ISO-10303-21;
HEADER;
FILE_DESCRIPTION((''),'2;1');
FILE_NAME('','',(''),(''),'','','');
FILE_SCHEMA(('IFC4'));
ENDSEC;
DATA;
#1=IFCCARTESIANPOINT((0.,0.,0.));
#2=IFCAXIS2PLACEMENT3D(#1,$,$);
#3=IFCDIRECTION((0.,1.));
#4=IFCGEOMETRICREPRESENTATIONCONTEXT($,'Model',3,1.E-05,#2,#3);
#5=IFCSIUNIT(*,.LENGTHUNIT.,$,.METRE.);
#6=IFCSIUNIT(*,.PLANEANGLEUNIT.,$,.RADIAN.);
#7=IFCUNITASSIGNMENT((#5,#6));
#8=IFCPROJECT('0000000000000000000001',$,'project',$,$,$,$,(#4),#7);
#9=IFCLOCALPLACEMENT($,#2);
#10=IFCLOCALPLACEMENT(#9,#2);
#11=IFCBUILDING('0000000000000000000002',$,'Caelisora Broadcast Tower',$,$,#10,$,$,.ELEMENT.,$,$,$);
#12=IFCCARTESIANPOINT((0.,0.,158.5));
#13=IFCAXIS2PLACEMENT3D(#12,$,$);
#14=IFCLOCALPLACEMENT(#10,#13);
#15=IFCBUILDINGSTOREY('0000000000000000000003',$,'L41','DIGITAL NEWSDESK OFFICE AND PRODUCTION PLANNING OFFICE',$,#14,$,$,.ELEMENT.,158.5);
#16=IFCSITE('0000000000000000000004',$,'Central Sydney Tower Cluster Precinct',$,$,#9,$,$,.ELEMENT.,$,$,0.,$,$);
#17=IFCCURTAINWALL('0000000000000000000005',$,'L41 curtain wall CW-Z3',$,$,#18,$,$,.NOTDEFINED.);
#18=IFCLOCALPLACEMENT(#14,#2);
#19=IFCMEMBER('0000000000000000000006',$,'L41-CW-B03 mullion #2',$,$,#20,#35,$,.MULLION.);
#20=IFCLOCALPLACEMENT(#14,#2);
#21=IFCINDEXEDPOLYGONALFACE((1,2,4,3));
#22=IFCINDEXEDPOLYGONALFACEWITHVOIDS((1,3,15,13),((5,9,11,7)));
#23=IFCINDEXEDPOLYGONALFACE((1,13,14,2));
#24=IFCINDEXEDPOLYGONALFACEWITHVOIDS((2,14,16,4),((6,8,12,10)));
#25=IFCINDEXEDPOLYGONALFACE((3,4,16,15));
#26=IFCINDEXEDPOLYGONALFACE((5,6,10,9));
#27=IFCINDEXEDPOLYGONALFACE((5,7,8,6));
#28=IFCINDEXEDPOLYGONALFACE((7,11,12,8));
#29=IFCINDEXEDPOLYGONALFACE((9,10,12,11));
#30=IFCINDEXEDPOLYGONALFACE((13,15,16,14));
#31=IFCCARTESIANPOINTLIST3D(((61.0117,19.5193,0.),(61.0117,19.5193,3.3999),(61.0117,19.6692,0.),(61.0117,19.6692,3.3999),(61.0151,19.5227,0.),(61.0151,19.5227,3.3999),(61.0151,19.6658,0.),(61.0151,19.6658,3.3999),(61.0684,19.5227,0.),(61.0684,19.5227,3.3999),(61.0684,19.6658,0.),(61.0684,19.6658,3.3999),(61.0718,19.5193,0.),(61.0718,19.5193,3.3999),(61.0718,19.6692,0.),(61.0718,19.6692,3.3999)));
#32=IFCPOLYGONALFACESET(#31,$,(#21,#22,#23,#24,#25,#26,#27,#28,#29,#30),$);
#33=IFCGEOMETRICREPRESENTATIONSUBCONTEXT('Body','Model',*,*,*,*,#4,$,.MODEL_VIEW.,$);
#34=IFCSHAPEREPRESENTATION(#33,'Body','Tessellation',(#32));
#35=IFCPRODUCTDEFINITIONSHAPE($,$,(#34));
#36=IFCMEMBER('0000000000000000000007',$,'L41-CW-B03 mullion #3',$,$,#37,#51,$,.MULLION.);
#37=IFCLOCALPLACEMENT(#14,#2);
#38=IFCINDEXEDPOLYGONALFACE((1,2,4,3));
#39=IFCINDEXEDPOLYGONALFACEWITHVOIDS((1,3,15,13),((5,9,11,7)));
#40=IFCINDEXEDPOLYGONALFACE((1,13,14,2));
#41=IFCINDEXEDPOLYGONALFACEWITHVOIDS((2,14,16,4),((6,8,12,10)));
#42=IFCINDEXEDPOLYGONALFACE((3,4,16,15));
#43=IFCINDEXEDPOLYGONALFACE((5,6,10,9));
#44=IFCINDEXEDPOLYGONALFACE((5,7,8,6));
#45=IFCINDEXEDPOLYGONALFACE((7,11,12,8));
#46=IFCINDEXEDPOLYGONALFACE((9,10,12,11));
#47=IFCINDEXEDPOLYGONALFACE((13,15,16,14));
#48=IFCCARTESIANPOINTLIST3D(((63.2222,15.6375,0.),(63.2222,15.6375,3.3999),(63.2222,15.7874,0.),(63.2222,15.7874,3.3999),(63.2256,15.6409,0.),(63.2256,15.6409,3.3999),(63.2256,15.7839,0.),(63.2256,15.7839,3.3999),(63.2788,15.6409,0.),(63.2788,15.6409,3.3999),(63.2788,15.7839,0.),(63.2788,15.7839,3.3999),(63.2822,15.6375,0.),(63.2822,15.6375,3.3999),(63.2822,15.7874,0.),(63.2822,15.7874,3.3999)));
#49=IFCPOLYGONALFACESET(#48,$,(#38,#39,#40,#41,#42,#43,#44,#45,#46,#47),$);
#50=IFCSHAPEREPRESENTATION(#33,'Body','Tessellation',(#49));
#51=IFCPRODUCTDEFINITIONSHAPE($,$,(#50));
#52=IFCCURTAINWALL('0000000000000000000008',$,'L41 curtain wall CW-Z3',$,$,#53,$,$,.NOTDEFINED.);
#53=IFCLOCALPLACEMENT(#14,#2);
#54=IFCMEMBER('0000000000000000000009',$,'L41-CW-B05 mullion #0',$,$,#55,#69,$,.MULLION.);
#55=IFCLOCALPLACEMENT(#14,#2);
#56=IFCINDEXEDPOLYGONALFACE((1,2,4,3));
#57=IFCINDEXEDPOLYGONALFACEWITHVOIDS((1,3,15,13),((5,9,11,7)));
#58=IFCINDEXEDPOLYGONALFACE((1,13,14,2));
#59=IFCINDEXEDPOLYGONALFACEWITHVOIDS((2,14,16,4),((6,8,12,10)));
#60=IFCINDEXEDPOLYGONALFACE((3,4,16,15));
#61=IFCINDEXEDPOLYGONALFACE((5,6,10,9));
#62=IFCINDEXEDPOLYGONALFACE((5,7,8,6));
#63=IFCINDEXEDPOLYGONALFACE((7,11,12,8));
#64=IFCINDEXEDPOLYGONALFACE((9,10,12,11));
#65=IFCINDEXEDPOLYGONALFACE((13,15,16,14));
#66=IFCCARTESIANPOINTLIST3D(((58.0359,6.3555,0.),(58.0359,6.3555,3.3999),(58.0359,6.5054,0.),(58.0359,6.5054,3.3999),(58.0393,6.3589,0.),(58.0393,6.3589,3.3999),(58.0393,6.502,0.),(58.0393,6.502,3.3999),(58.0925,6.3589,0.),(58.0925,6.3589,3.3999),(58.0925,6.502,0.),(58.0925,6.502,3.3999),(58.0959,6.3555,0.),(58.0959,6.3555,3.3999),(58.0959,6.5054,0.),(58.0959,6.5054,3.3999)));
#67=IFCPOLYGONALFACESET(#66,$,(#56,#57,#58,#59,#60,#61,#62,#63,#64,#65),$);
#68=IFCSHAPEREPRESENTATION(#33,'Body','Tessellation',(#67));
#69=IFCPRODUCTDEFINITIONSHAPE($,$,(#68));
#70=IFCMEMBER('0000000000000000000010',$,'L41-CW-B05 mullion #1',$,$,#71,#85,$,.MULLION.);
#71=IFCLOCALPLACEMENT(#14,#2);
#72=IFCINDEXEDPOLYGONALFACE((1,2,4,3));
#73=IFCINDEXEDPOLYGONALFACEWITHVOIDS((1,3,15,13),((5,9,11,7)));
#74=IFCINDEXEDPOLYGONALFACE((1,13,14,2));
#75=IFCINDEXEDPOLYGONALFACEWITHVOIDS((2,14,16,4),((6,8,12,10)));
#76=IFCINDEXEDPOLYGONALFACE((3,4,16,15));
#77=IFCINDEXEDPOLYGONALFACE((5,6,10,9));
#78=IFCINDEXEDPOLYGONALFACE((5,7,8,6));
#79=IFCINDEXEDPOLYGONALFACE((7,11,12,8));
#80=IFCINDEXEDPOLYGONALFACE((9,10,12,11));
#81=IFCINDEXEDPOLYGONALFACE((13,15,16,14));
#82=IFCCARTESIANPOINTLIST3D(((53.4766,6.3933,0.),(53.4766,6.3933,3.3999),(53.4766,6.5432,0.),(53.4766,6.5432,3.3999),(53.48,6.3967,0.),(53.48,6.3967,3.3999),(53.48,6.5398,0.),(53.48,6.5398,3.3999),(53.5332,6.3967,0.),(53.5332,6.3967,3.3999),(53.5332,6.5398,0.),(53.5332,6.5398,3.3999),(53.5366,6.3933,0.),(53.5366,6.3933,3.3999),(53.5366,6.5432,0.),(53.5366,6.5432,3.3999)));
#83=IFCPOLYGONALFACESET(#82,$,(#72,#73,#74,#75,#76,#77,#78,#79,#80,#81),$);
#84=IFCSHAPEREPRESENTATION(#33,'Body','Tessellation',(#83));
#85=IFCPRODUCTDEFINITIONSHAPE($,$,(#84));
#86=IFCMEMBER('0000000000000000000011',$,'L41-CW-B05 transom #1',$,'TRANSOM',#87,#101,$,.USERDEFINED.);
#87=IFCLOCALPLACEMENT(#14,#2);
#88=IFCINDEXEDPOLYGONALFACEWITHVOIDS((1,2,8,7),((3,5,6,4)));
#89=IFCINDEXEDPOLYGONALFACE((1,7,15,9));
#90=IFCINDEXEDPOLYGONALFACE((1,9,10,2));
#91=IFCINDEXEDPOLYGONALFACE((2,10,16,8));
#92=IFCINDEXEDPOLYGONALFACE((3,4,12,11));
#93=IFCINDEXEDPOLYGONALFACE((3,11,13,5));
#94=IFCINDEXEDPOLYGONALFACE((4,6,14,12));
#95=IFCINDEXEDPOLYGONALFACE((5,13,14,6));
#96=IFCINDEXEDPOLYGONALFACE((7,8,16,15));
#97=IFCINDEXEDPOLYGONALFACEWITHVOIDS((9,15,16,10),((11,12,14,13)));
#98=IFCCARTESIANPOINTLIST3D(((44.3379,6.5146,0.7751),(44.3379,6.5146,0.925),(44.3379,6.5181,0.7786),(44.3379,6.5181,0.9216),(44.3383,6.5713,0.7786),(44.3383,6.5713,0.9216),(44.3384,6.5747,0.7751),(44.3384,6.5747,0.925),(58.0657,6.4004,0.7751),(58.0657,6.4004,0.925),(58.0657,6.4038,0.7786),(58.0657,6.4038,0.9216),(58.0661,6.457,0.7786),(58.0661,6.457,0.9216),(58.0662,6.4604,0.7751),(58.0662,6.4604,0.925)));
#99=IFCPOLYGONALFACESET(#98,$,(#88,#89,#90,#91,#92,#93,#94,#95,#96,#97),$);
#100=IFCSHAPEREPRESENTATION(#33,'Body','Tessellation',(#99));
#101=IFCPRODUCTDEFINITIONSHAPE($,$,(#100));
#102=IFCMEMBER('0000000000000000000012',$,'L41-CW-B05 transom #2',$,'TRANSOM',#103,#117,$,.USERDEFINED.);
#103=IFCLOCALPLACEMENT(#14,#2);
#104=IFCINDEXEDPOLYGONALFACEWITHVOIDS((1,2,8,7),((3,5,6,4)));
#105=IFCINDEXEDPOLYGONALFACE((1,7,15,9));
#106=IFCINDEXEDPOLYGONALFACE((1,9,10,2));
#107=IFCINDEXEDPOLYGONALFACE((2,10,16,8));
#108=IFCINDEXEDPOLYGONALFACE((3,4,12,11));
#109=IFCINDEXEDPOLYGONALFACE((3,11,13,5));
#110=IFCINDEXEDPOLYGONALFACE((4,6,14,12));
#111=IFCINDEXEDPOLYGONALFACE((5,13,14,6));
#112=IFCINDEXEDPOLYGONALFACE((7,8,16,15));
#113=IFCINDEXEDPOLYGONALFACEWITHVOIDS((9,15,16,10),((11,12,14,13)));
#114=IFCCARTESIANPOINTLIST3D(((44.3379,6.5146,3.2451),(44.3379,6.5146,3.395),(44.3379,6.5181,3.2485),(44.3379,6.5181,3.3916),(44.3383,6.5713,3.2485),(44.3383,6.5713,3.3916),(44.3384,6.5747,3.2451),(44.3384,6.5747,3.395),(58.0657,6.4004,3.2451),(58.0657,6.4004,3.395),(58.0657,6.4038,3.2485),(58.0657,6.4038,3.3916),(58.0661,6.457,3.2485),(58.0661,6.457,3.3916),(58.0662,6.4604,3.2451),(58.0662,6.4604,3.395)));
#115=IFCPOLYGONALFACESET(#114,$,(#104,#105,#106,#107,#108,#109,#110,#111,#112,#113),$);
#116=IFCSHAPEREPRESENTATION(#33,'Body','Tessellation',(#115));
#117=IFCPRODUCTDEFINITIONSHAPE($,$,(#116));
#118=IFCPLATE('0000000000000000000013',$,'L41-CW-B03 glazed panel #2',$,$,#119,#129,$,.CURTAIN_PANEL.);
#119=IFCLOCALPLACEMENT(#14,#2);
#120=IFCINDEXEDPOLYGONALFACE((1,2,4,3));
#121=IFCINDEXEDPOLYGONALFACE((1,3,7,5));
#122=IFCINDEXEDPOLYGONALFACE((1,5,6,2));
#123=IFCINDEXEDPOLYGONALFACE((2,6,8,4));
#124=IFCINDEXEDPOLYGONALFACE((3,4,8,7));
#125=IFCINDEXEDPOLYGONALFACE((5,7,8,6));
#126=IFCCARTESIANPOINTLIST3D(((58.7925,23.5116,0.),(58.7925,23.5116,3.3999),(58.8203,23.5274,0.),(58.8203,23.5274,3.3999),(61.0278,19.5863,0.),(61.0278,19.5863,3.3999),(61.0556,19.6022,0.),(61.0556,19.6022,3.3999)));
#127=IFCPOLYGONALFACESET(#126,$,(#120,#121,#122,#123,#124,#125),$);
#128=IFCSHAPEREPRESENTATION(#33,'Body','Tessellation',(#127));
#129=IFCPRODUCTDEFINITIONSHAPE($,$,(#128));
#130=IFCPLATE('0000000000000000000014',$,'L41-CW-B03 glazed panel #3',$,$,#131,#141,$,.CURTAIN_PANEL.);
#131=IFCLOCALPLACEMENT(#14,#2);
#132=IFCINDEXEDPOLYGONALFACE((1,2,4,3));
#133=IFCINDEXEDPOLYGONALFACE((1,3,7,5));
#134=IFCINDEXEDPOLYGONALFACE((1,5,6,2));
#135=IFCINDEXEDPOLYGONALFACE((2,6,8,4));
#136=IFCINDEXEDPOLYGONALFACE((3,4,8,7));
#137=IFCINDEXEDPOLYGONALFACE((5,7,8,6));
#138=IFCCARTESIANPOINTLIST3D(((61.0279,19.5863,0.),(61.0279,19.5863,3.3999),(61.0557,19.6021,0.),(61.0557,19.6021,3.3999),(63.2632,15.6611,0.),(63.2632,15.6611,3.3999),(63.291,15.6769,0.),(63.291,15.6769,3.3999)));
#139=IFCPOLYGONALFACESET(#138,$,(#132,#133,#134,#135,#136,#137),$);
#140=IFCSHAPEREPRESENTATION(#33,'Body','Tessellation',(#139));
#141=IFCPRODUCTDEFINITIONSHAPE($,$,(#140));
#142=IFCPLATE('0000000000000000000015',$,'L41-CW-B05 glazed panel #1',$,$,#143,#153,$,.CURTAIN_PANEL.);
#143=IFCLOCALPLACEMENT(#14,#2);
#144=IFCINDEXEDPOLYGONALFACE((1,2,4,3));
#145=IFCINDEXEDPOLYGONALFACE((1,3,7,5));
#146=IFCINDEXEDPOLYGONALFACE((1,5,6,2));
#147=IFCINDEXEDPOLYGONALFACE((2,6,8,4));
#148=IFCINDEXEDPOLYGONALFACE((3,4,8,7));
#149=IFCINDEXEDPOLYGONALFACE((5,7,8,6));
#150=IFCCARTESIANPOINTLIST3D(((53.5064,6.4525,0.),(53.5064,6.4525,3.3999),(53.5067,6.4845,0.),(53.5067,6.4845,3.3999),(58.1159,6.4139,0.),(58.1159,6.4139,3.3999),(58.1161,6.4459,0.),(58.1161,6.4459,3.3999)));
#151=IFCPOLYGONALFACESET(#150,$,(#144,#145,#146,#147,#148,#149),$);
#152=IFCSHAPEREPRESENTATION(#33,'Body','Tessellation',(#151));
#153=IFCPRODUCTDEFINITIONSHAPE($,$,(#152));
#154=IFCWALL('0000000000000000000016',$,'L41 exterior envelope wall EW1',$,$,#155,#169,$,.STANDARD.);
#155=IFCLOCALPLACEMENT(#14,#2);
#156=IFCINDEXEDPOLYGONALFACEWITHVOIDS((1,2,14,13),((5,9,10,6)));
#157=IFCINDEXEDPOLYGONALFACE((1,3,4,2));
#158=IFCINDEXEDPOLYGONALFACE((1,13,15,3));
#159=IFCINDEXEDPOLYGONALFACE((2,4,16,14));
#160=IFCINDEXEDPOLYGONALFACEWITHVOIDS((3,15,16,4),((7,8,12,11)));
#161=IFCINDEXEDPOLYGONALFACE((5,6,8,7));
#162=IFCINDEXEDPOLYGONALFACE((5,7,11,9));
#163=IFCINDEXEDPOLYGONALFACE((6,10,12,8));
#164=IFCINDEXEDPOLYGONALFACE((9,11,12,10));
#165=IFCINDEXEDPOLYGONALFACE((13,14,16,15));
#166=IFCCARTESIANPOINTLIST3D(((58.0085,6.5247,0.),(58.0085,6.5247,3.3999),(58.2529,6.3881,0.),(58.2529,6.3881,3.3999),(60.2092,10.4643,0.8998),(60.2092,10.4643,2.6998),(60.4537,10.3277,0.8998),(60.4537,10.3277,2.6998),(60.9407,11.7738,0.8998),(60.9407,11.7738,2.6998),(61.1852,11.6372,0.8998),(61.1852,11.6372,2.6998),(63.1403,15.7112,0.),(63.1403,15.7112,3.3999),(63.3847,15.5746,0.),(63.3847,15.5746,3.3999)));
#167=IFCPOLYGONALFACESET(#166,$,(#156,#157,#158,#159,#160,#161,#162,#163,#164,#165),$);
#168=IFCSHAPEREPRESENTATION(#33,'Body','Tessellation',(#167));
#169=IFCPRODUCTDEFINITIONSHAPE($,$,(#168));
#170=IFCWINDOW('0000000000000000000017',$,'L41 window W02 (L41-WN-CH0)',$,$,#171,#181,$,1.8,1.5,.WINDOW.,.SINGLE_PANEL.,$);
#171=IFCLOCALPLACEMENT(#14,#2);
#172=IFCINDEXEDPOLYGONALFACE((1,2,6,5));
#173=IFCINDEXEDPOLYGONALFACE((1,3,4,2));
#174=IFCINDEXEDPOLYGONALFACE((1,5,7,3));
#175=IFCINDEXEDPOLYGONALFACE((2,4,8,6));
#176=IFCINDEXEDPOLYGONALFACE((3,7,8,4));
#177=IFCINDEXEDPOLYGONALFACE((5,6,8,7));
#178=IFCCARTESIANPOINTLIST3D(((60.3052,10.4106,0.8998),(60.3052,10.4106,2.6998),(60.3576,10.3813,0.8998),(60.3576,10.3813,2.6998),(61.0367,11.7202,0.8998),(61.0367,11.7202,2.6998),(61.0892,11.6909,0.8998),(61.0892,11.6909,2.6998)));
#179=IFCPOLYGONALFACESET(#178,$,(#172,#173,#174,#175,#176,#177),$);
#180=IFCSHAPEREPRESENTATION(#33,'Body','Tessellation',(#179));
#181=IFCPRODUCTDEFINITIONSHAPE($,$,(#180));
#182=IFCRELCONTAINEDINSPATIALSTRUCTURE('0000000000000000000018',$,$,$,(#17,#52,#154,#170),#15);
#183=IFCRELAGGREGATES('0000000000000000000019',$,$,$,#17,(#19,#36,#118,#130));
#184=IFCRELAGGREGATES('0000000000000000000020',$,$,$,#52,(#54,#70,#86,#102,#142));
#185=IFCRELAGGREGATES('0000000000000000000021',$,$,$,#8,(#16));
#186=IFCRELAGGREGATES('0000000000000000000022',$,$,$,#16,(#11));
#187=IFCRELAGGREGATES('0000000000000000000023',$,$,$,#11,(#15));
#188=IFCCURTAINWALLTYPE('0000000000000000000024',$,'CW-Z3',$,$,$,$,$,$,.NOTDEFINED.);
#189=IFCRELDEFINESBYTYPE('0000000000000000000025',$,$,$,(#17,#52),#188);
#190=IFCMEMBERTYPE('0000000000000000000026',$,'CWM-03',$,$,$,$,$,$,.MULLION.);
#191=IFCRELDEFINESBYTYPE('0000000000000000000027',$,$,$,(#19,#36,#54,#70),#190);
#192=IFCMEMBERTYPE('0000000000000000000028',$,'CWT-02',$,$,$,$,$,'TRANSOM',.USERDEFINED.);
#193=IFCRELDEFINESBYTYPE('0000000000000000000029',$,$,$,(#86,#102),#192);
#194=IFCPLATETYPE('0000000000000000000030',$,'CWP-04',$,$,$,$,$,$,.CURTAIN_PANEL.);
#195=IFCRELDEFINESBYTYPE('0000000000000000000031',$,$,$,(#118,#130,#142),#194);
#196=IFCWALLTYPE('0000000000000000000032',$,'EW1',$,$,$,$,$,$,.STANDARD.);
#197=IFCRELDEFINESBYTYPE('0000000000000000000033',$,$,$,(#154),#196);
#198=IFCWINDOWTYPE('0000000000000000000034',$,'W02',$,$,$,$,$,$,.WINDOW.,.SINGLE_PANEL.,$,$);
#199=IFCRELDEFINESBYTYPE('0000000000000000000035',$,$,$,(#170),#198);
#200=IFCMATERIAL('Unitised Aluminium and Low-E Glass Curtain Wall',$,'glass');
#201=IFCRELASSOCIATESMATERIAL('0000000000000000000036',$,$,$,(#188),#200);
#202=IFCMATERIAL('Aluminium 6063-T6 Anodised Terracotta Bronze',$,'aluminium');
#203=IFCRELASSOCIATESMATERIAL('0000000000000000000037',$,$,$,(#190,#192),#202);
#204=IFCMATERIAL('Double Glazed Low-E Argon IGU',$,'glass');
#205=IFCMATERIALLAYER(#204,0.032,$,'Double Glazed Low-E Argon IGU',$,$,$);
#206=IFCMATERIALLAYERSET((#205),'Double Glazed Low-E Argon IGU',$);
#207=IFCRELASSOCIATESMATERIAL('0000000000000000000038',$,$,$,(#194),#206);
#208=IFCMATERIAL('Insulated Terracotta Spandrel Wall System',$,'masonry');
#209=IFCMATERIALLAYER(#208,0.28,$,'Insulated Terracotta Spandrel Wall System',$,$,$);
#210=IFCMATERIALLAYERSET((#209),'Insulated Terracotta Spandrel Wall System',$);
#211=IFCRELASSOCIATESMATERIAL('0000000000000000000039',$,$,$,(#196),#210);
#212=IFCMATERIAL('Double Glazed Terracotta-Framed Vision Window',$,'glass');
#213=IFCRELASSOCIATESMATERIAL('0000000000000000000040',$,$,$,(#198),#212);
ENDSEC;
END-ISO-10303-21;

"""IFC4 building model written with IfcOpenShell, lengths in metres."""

from ifc_helpers import new_model, si_unit, direction, frame, frame_2d, origin, origin_2d, place, context, subcontext, project, spatial, rectangle, hollow_rectangle, extrude, source, transform, mapped, material, layer, layer_set, material_profile, profile_set, type_object, type_shapes, element, fill, aggregate, save


model = new_model("IFC4")

# Units and contexts
model_context = context("Model", 3, precision=1e-05, world=origin(), true_north=direction((0.0, 1.0)))
body_context = subcontext(model_context, "Body", "Model", "MODEL_VIEW")
ifc_project = project(units=[si_unit("LENGTHUNIT", "METRE"), si_unit("PLANEANGLEUNIT", "RADIAN")], contexts=[model_context])

# Site, building, storey
site_placement = place(None, origin())
site = spatial("IfcSite", under=ifc_project, at=site_placement, Name="Central Sydney Tower Cluster Precinct", CompositionType="ELEMENT", RefElevation=0.0)
building_placement = place(site_placement, origin())
building = spatial("IfcBuilding", under=site, at=building_placement, Name="Caelisora Broadcast Tower", CompositionType="ELEMENT")
storey_placement = place(building_placement, frame((0.0, 0.0, 158.5)))
storey = spatial("IfcBuildingStorey", under=building, at=storey_placement, Name="L41", Description="DIGITAL NEWSDESK OFFICE AND PRODUCTION PLANNING OFFICE", CompositionType="ELEMENT", Elevation=158.5)

# Curtain walls, members
ifc_material_1 = material(Name="Unitised Aluminium and Low-E Glass Curtain Wall", Category="glass")
curtain_wall_type = type_object("IfcCurtainWallType", Name="CW-Z3", PredefinedType="NOTDEFINED", material=ifc_material_1)
curtain_wall_1_placement = place(storey_placement, origin())
curtain_wall_1 = element("IfcCurtainWall", 1, at=curtain_wall_1_placement, inside=storey, type_object=curtain_wall_type, Name="L41 curtain wall CW-Z3", PredefinedType="NOTDEFINED")
ifc_material_2 = material(Name="Aluminium 6063-T6 Anodised Terracotta Bronze", Category="aluminium")
ifc_material_profile_1 = material_profile(ifc_material_2, hollow_rectangle(XDim=0.0601, YDim=0.1499, WallThickness=0.0034, at=origin_2d()), Name="Aluminium 6063-T6 Anodised Terracotta Bronze")
ifc_profile_set_1 = profile_set([ifc_material_profile_1], Name="Aluminium 6063-T6 Anodised Terracotta Bronze")
member_type_1 = type_object("IfcMemberType", Name="CWM-03", PredefinedType="MULLION", material=ifc_profile_set_1)
shared_shape_1 = source(origin(), body_context, "Body", "SweptSolid", [
    extrude(hollow_rectangle(XDim=0.0601, YDim=0.1499, WallThickness=0.0034, at=origin_2d()), origin(), (0.0, 0.0, 1.0), 3.3999),
])
type_shapes(member_type_1, [shared_shape_1])
member_1_placement = place(storey_placement, frame((61.0417, 19.5942, 0.0), z_axis=(0.0, 0.0, 1.0), x_axis=(1.0, 0.0, 0.0)))
member_1 = element("IfcMember", 2, at=member_1_placement, type_object=member_type_1, Name="L41-CW-B03 mullion #2", PredefinedType="MULLION", context=body_context, shape_type="MappedRepresentation", body=[
    mapped(shared_shape_1, transform((0.0, 0.0, 0.0), scale=1.0)),
])
member_2_placement = place(storey_placement, frame((63.2522, 15.7124, 0.0), z_axis=(0.0, 0.0, 1.0), x_axis=(1.0, 0.0, 0.0)))
member_2 = element("IfcMember", 3, at=member_2_placement, type_object=member_type_1, Name="L41-CW-B03 mullion #3", PredefinedType="MULLION", context=body_context, shape_type="MappedRepresentation", body=[
    mapped(shared_shape_1, transform((0.0, 0.0, 0.0), scale=1.0)),
])
curtain_wall_2_placement = place(storey_placement, origin())
curtain_wall_2 = element("IfcCurtainWall", 4, at=curtain_wall_2_placement, inside=storey, type_object=curtain_wall_type, Name="L41 curtain wall CW-Z3", PredefinedType="NOTDEFINED")
member_3_placement = place(storey_placement, frame((58.0659, 6.4304, 0.0), z_axis=(0.0, 0.0, 1.0), x_axis=(1.0, 0.0, 0.0)))
member_3 = element("IfcMember", 5, at=member_3_placement, type_object=member_type_1, Name="L41-CW-B05 mullion #0", PredefinedType="MULLION", context=body_context, shape_type="MappedRepresentation", body=[
    mapped(shared_shape_1, transform((0.0, 0.0, 0.0), scale=1.0)),
])
member_4_placement = place(storey_placement, frame((53.5066, 6.4683, 0.0), z_axis=(0.0, 0.0, 1.0), x_axis=(1.0, 0.0, 0.0)))
member_4 = element("IfcMember", 6, at=member_4_placement, type_object=member_type_1, Name="L41-CW-B05 mullion #1", PredefinedType="MULLION", context=body_context, shape_type="MappedRepresentation", body=[
    mapped(shared_shape_1, transform((0.0, 0.0, 0.0), scale=1.0)),
])
ifc_material_profile_2 = material_profile(ifc_material_2, hollow_rectangle(XDim=0.0601, YDim=0.1499, WallThickness=0.0034, at=origin_2d()), Name="Aluminium 6063-T6 Anodised Terracotta Bronze")
ifc_profile_set_2 = profile_set([ifc_material_profile_2], Name="Aluminium 6063-T6 Anodised Terracotta Bronze")
member_type_2 = type_object("IfcMemberType", Name="CWT-02", ElementType="TRANSOM", PredefinedType="USERDEFINED", material=ifc_profile_set_2)
shared_shape_2 = source(origin(), body_context, "Body", "SweptSolid", [
    extrude(hollow_rectangle(XDim=0.0601, YDim=0.1499, WallThickness=0.0034, at=origin_2d()), origin(), (0.0, 0.0, 1.0), 13.7283),
])
type_shapes(member_type_2, [shared_shape_2])
member_5_placement = place(storey_placement, frame((58.0659, 6.4304, 0.8501), z_axis=(-0.999965, 0.008323, 0.0), x_axis=(-0.008323, -0.999965, 0.0)))
member_5 = element("IfcMember", 7, at=member_5_placement, type_object=member_type_2, Name="L41-CW-B05 transom #1", ObjectType="TRANSOM", PredefinedType="USERDEFINED", context=body_context, shape_type="MappedRepresentation", body=[
    mapped(shared_shape_2, transform((0.0, 0.0, 0.0), scale=1.0)),
])
member_6_placement = place(storey_placement, frame((58.0659, 6.4304, 3.3201), z_axis=(-0.999965, 0.008323, 0.0), x_axis=(-0.008323, -0.999965, 0.0)))
member_6 = element("IfcMember", 8, at=member_6_placement, type_object=member_type_2, Name="L41-CW-B05 transom #2", ObjectType="TRANSOM", PredefinedType="USERDEFINED", context=body_context, shape_type="MappedRepresentation", body=[
    mapped(shared_shape_2, transform((0.0, 0.0, 0.0), scale=1.0)),
])

# Plates
ifc_material_3 = material(Name="Double Glazed Low-E Argon IGU", Category="glass")
ifc_layer_1 = layer(ifc_material_3, 0.032, Name="Double Glazed Low-E Argon IGU")
ifc_layer_set_1 = layer_set([ifc_layer_1], Name="Double Glazed Low-E Argon IGU")
plate_type = type_object("IfcPlateType", Name="CWP-04", PredefinedType="CURTAIN_PANEL", material=ifc_layer_set_1)
shared_shape_3 = source(origin(), body_context, "Body", "SweptSolid", [
    extrude(rectangle(XDim=4.5171, YDim=0.032, at=origin_2d()), origin(), (0.0, 0.0, 1.0), 3.3999),
])
plate_1_placement = place(storey_placement, frame((59.9241, 21.5569, 0.0), z_axis=(0.0, 0.0, 1.0), x_axis=(0.494852, -0.868977, 0.0)))
plate_1 = element("IfcPlate", 9, at=plate_1_placement, type_object=plate_type, Name="L41-CW-B03 glazed panel #2", PredefinedType="CURTAIN_PANEL", context=body_context, shape_type="MappedRepresentation", body=[
    mapped(shared_shape_3, transform((0.0, 0.0, 0.0), scale=1.0)),
])
plate_2_placement = place(storey_placement, frame((62.1594, 17.6316, 0.0), z_axis=(0.0, 0.0, 1.0), x_axis=(0.494852, -0.868977, 0.0)))
plate_2 = element("IfcPlate", 10, at=plate_2_placement, type_object=plate_type, Name="L41-CW-B03 glazed panel #3", PredefinedType="CURTAIN_PANEL", context=body_context, shape_type="MappedRepresentation", body=[
    mapped(shared_shape_3, transform((0.0, 0.0, 0.0), scale=1.0)),
])
aggregate(curtain_wall_1, [member_1, member_2, plate_1, plate_2])
shared_shape_4 = source(origin(), body_context, "Body", "SweptSolid", [
    extrude(rectangle(XDim=4.6096, YDim=0.032, at=origin_2d()), origin(), (0.0, 0.0, 1.0), 3.3999),
])
type_shapes(plate_type, [shared_shape_3, shared_shape_4])
plate_3_placement = place(storey_placement, frame((55.8113, 6.4492, 0.0), z_axis=(0.0, 0.0, 1.0), x_axis=(-0.999965, 0.008377, 0.0)))
plate_3 = element("IfcPlate", 11, at=plate_3_placement, type_object=plate_type, Name="L41-CW-B05 glazed panel #1", PredefinedType="CURTAIN_PANEL", context=body_context, shape_type="MappedRepresentation", body=[
    mapped(shared_shape_4, transform((0.0, 0.0, 0.0), scale=1.0)),
])
aggregate(curtain_wall_2, [member_3, member_4, member_5, member_6, plate_3])

# Wall, opening, window
ifc_material_4 = material(Name="Insulated Terracotta Spandrel Wall System", Category="masonry")
ifc_layer_2 = layer(ifc_material_4, 0.28, Name="Insulated Terracotta Spandrel Wall System")
ifc_layer_set_2 = layer_set([ifc_layer_2], Name="Insulated Terracotta Spandrel Wall System")
wall_type_1 = type_object("IfcWallType", Name="EW1", PredefinedType="STANDARD", material=ifc_layer_set_2)
wall_1_placement = place(storey_placement, frame((63.2625, 15.6428, 0.0), z_axis=(0.0, 0.0, 1.0), x_axis=(-0.48769, -0.873017, 0.0)))
wall_1 = element("IfcWall", 12, at=wall_1_placement, inside=storey, type_object=wall_type_1, Name="L41 exterior envelope wall EW1", PredefinedType="STANDARD", context=body_context, shape_type="SweptSolid", body=[
    extrude(rectangle(XDim=10.5227, YDim=0.28, at=frame_2d((5.2612, 0.0))), origin(), (0.0, 0.0, 1.0), 3.3999),
])
opening_1_placement = place(wall_1_placement, frame((4.51, 0.0, 0.8999)))
opening_1 = element("IfcOpeningElement", 13, at=opening_1_placement, cuts=wall_1, PredefinedType="OPENING", context=body_context, shape_type="SweptSolid", body=[
    extrude(rectangle(XDim=1.5, YDim=1.8, at=frame_2d((0.75, 0.8999))), frame((0.0, 0.1521, 0.0), z_axis=(0.0, -1.0, 0.0), x_axis=(1.0, 0.0, 0.0)), (0.0, 0.0, 1.0), 0.304),
])
ifc_material_5 = material(Name="Double Glazed Terracotta-Framed Vision Window", Category="glass")
window_type = type_object("IfcWindowType", Name="W02", PartitioningType="SINGLE_PANEL", PredefinedType="WINDOW", material=ifc_material_5)
window_placement = place(opening_1_placement, origin())
window = element("IfcWindow", 14, at=window_placement, inside=storey, type_object=window_type, Name="L41 window W02 (L41-WN-CH0)", OverallHeight=1.8, OverallWidth=1.5, PartitioningType="SINGLE_PANEL", PredefinedType="WINDOW", context=body_context, shape_type="SweptSolid", body=[
    extrude(rectangle(XDim=1.5, YDim=1.8, at=frame_2d((0.75, 0.8999))), frame((0.0, 0.03, 0.0), z_axis=(0.0, -1.0, 0.0), x_axis=(1.0, 0.0, 0.0)), (0.0, 0.0, 1.0), 0.0601),
])
fill(opening_1, window)

save(model, "model.ifc")
